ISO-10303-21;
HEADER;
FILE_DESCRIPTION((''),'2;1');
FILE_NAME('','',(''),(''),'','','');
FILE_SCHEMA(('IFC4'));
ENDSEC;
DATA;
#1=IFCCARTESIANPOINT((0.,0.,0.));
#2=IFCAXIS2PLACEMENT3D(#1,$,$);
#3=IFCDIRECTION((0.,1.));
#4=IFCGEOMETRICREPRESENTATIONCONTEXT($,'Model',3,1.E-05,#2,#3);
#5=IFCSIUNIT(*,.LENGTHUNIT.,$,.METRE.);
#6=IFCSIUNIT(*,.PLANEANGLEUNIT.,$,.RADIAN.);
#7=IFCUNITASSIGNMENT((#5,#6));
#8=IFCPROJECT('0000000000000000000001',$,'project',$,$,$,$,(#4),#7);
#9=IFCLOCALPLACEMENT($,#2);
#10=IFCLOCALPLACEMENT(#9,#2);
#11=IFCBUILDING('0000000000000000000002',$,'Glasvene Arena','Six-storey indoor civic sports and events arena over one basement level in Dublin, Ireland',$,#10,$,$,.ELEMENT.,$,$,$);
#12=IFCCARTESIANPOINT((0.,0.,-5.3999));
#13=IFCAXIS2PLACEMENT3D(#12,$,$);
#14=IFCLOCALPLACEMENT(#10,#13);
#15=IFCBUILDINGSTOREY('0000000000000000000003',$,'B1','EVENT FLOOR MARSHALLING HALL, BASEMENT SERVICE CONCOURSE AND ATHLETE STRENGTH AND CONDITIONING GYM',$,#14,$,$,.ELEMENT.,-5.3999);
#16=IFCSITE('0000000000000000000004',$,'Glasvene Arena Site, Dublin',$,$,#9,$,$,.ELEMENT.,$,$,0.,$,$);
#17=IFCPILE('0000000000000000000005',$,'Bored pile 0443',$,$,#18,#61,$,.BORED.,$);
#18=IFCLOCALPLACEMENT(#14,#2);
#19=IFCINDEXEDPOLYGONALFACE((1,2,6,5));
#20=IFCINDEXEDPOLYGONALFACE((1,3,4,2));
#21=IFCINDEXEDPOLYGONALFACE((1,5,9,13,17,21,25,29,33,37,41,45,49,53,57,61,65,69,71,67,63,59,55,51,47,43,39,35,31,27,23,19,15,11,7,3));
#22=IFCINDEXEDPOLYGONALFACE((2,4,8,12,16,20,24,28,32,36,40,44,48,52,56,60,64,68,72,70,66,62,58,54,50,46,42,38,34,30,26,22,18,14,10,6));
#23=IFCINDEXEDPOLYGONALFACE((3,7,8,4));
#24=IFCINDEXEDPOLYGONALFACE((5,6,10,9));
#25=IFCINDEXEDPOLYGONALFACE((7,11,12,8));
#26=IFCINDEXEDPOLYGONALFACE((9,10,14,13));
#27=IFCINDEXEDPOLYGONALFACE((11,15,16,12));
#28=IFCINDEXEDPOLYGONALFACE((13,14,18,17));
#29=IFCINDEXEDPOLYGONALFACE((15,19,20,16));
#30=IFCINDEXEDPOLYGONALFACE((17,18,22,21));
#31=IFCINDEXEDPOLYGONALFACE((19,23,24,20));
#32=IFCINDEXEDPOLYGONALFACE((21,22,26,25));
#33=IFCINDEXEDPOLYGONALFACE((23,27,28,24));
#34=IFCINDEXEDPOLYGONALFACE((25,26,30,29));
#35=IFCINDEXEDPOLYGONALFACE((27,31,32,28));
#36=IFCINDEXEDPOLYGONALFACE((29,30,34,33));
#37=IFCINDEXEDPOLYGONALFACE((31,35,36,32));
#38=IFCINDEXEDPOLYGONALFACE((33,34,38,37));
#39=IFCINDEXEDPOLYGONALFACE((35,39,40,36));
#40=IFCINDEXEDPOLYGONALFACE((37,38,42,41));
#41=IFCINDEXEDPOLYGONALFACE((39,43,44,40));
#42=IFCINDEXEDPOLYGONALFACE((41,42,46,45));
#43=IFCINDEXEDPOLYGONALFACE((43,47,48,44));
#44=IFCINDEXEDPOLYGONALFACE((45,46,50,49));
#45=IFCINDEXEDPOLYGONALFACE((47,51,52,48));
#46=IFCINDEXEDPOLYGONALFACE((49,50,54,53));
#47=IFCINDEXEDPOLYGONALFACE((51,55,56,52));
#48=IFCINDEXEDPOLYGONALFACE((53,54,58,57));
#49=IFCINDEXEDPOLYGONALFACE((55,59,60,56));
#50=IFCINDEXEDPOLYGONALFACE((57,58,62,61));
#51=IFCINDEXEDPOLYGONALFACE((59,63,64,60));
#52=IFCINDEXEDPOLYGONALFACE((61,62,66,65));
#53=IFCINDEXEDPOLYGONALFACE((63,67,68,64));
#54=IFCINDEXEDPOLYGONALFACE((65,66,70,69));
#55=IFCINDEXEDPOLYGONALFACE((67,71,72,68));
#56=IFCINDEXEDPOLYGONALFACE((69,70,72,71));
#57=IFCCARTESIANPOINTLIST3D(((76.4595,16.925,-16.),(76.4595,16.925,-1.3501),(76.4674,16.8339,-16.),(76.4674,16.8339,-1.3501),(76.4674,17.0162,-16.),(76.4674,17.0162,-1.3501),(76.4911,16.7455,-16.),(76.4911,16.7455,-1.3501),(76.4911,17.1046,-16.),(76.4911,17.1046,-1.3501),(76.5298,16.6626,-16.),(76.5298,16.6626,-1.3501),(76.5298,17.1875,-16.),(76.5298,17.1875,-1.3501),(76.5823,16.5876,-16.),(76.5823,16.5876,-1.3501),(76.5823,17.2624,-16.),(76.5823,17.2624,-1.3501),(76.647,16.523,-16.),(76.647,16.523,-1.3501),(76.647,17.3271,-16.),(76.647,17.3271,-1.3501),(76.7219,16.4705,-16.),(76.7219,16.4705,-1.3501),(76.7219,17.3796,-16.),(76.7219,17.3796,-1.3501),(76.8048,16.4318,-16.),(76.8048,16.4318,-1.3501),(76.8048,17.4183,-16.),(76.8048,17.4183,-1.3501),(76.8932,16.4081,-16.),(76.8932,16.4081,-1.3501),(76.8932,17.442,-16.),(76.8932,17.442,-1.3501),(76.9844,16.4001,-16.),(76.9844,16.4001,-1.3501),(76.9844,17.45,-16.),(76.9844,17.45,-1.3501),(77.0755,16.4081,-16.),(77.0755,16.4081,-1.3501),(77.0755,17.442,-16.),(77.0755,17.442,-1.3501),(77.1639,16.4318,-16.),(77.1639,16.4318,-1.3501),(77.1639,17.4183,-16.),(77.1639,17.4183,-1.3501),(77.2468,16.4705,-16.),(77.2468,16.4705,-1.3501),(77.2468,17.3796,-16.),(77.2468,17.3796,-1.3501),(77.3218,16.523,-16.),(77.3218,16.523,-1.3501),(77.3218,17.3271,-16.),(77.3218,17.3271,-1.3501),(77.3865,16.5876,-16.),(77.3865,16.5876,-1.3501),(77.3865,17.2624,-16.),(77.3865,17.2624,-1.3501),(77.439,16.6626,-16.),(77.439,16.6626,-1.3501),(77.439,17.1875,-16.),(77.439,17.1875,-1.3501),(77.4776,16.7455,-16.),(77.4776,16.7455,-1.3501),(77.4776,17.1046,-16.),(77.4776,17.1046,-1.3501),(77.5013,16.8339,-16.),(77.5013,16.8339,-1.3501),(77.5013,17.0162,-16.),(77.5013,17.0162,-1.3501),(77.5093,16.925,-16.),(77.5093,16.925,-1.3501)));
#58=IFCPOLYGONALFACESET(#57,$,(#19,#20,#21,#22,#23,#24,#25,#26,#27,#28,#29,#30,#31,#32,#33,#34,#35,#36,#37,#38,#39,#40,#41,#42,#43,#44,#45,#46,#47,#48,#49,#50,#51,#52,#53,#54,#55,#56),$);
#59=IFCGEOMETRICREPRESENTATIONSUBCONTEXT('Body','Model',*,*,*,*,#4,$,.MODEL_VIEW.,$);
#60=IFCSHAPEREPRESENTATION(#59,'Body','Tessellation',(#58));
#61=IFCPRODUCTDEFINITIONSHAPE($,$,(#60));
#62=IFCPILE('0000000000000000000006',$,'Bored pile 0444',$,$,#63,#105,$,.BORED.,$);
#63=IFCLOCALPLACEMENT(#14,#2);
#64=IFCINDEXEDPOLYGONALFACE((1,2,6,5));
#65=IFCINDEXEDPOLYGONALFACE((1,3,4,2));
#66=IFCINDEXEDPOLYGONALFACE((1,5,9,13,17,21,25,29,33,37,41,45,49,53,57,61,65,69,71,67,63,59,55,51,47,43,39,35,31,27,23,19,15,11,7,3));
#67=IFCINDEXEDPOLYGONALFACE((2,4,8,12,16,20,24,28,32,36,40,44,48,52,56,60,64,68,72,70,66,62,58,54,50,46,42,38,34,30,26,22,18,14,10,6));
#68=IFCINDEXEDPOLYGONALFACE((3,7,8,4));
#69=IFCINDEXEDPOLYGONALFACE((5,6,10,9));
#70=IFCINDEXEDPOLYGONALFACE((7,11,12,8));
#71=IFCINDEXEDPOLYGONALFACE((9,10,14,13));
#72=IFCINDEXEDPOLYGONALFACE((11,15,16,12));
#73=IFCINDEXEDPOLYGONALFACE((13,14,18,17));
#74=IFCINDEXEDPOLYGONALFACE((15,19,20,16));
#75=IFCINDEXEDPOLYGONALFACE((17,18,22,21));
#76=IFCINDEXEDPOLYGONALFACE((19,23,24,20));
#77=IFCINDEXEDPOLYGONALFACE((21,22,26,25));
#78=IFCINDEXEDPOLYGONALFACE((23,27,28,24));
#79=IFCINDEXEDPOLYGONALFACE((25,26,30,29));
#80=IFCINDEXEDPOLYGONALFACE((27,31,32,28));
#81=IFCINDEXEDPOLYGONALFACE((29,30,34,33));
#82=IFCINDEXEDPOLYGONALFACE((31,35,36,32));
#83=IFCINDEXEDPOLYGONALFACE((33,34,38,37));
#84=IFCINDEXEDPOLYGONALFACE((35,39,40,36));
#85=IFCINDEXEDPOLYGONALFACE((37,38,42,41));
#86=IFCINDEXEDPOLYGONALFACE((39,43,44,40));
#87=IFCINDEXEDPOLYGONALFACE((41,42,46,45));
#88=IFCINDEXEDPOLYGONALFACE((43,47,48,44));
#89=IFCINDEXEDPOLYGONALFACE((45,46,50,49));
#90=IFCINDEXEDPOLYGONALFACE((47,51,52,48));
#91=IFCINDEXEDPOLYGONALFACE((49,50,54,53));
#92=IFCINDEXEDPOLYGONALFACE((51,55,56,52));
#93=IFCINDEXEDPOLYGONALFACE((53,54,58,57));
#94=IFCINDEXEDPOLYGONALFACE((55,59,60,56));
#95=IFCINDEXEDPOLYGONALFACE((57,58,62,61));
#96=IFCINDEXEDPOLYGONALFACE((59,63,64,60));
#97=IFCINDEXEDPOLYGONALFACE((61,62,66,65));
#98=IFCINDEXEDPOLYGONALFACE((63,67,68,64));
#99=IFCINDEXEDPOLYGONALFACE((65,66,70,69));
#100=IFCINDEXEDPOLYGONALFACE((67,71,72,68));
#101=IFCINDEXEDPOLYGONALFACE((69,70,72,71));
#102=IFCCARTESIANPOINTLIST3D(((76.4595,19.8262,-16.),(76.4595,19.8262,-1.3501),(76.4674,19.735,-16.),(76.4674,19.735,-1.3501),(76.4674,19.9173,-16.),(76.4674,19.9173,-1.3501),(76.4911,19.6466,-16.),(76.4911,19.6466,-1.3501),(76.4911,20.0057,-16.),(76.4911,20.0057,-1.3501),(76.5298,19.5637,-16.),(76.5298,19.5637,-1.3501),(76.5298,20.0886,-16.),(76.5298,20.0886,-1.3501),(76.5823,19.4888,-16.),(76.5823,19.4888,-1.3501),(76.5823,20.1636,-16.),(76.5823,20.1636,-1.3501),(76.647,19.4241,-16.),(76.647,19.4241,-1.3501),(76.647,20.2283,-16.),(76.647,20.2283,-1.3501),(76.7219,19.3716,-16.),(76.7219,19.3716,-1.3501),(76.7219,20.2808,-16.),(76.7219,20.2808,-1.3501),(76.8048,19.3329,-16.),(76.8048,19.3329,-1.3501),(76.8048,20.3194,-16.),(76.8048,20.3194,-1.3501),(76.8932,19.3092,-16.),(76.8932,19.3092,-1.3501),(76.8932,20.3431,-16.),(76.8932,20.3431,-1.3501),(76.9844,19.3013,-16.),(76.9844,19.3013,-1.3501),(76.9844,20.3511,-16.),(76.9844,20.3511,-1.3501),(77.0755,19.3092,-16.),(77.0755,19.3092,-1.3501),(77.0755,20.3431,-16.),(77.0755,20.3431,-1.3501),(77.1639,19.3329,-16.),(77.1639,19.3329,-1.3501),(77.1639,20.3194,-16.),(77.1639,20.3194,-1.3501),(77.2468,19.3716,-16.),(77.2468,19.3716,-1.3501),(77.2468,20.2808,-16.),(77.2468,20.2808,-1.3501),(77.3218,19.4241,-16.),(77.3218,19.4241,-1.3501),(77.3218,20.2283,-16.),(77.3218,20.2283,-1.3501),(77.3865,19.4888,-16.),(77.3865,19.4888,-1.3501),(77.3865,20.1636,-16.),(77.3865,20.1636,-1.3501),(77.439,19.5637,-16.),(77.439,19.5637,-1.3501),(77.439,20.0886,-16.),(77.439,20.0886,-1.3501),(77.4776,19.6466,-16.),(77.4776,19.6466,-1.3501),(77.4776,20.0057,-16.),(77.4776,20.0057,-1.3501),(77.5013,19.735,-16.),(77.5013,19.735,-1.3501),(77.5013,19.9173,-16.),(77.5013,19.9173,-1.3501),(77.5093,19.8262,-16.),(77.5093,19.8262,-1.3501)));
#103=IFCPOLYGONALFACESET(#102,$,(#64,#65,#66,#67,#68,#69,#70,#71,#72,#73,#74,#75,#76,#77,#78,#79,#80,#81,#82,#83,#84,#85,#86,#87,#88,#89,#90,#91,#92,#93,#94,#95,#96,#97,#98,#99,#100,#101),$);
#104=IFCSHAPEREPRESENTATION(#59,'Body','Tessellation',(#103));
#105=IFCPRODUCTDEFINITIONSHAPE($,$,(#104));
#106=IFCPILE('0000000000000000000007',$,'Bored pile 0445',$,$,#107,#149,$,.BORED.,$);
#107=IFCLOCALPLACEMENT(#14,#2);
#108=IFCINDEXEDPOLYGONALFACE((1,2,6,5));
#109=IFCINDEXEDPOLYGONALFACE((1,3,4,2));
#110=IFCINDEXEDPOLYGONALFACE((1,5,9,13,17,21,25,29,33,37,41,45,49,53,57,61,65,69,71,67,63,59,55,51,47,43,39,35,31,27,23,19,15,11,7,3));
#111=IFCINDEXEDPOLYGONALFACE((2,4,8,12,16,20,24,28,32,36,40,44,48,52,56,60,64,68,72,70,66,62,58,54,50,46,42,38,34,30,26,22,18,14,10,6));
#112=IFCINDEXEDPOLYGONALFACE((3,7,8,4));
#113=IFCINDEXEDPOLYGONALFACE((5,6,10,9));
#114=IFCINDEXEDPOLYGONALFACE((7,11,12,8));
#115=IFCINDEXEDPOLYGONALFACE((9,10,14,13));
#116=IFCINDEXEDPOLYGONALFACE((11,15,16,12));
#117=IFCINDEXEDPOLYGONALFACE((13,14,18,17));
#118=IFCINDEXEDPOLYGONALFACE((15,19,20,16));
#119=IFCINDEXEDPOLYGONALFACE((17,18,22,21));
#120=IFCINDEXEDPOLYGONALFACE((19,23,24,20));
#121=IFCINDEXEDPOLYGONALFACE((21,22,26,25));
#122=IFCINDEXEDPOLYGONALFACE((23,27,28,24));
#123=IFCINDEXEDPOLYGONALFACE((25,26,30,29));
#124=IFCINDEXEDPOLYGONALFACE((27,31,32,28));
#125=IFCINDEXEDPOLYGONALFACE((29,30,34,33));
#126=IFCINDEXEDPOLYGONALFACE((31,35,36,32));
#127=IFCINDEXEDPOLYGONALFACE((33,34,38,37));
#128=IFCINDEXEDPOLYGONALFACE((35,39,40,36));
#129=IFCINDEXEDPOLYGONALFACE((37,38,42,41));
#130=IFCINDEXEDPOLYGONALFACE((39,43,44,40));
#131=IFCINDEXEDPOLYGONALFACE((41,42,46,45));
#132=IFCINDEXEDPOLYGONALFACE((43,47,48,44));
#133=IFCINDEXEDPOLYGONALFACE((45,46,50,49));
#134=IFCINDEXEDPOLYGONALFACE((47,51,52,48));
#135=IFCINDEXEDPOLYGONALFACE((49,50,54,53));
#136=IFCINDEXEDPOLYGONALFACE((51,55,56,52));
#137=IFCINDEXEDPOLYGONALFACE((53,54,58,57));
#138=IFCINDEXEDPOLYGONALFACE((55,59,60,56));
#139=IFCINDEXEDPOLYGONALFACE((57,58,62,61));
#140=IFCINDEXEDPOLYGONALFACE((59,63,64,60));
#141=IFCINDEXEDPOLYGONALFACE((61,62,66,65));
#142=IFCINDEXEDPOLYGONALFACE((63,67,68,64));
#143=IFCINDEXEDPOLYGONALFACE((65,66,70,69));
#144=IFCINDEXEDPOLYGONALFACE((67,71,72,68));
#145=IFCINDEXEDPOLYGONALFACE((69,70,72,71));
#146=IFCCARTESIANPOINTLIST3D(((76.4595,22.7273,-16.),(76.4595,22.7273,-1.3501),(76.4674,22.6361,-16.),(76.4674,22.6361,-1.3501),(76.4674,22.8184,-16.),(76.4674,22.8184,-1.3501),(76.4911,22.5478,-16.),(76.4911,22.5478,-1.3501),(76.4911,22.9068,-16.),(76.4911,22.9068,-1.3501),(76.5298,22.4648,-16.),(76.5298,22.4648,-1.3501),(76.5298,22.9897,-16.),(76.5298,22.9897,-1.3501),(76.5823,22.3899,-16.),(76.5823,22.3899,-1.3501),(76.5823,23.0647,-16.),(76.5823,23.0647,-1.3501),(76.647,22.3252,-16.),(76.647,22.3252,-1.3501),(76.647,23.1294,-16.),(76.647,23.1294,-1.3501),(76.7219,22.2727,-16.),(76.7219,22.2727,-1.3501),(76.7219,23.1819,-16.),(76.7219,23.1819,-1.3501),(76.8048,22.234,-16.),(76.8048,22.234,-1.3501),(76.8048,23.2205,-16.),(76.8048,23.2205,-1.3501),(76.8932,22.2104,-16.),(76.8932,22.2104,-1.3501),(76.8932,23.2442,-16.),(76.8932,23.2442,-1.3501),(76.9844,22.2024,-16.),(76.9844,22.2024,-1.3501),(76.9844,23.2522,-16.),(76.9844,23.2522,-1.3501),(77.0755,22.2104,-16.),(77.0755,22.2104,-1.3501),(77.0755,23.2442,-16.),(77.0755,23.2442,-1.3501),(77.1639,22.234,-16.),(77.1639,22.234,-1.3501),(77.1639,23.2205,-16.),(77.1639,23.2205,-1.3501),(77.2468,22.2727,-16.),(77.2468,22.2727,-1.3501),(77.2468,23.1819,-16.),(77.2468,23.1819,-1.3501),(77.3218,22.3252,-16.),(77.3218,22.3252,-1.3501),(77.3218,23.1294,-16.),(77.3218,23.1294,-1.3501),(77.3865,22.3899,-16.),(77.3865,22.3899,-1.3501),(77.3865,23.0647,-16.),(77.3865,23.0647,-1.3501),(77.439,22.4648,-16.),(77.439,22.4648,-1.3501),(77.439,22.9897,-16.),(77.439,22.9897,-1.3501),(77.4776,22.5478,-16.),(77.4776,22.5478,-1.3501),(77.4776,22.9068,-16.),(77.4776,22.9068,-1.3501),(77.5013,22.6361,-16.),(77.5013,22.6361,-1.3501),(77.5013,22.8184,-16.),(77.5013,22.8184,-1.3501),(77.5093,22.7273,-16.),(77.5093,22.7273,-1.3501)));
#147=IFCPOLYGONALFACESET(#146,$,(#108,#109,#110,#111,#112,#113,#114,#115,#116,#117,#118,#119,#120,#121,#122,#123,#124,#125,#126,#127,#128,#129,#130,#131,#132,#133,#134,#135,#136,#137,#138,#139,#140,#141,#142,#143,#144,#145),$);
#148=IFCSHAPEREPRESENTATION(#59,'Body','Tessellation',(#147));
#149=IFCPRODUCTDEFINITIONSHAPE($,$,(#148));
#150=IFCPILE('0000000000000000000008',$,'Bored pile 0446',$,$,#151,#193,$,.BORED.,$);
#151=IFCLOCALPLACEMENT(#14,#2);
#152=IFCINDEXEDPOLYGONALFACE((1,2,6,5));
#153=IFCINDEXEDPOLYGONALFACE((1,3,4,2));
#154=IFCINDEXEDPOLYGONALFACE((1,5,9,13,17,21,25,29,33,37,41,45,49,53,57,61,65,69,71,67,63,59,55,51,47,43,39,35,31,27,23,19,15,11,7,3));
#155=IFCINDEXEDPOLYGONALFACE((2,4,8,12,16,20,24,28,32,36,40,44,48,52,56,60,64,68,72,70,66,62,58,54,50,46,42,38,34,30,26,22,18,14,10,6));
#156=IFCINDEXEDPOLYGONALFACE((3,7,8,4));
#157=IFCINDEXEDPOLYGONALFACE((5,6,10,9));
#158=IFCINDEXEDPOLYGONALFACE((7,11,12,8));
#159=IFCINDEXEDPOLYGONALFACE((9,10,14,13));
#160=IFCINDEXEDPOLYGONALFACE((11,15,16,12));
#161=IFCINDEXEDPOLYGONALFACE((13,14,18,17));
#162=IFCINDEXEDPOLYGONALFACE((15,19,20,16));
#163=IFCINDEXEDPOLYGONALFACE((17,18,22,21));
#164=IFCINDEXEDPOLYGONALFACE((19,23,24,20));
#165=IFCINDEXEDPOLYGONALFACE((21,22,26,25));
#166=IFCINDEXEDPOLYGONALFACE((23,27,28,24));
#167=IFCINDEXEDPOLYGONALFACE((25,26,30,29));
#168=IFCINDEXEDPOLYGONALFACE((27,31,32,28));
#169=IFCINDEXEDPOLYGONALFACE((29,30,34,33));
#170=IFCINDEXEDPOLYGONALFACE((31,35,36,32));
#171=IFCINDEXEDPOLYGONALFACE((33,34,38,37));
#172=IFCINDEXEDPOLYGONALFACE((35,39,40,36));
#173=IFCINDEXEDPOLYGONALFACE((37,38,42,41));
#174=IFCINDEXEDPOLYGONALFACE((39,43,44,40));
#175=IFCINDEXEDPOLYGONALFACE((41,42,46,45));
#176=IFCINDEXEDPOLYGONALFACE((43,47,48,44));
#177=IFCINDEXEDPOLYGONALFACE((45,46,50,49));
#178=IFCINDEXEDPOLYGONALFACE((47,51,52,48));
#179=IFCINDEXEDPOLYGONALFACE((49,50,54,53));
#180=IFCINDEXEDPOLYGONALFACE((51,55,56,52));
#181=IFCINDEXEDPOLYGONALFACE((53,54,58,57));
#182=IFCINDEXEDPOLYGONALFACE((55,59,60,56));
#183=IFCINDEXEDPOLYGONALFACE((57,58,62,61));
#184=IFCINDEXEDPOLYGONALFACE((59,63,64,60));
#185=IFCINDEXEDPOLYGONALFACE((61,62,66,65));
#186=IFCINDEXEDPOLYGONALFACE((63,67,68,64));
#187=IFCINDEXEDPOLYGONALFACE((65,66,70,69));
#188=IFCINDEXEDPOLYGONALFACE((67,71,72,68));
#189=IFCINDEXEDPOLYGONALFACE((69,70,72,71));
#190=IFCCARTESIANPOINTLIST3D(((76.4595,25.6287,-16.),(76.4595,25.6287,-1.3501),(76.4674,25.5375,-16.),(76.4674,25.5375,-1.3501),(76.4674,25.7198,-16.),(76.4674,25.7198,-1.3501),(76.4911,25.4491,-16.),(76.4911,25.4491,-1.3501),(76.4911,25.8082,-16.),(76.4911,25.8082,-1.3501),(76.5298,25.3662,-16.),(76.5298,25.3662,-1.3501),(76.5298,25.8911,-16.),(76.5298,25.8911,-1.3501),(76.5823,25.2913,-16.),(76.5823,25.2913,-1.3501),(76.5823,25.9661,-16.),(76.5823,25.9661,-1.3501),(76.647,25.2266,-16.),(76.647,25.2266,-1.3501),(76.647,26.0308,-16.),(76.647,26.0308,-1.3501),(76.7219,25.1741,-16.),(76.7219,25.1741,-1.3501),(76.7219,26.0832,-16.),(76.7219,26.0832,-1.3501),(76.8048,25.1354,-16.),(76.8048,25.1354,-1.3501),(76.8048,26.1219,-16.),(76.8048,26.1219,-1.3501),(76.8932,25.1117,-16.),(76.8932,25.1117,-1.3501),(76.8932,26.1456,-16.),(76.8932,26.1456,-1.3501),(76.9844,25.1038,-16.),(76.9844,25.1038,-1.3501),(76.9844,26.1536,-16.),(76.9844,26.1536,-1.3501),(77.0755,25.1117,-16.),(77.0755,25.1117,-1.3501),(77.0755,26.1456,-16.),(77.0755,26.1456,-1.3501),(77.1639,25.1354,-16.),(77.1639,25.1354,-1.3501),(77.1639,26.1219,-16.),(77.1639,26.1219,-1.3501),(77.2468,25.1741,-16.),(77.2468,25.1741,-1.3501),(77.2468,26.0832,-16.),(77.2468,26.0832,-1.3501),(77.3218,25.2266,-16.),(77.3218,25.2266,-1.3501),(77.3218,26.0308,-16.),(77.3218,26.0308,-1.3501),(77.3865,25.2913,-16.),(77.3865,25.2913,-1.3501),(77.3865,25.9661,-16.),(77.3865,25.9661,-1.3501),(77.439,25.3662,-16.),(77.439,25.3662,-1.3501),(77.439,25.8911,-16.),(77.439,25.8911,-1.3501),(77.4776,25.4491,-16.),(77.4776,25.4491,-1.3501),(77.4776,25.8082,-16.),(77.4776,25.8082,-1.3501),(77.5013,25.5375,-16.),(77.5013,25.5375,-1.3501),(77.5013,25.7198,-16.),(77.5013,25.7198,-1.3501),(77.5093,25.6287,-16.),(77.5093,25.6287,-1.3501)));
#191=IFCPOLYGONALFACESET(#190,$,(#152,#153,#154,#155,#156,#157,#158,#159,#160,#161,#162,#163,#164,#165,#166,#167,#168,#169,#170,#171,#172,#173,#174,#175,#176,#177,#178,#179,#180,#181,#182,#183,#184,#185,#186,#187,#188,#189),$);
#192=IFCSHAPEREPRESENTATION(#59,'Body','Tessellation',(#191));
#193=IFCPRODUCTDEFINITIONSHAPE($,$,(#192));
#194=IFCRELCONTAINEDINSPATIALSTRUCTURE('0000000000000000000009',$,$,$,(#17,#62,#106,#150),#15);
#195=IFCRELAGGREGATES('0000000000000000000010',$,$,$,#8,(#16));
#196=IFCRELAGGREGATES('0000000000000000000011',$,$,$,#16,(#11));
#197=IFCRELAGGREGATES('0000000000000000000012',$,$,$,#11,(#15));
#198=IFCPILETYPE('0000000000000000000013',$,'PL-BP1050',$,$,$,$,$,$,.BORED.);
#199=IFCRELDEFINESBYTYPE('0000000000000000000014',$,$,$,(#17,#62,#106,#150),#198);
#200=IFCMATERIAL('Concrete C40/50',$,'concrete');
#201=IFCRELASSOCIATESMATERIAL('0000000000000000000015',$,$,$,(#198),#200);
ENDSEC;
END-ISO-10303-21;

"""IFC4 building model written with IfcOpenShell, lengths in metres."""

from ifc_helpers import new_model, si_unit, direction, frame, origin, origin_2d, place, context, subcontext, project, spatial, circle, extrude, material, material_profile, profile_set, type_object, element, save


model = new_model("IFC4")

# Units and contexts
model_context = context("Model", 3, precision=1e-05, world=origin(), true_north=direction((0.0, 1.0)))
body_context = subcontext(model_context, "Body", "Model", "MODEL_VIEW")
ifc_project = project(units=[si_unit("LENGTHUNIT", "METRE"), si_unit("PLANEANGLEUNIT", "RADIAN")], contexts=[model_context])

# Site, building, storey
site_placement = place(None, origin())
site = spatial("IfcSite", under=ifc_project, at=site_placement, Name="Glasvene Arena Site, Dublin", CompositionType="ELEMENT", RefElevation=0.0)
building_placement = place(site_placement, origin())
building = spatial("IfcBuilding", under=site, at=building_placement, Name="Glasvene Arena", Description="Six-storey indoor civic sports and events arena over one basement level in Dublin, Ireland", CompositionType="ELEMENT")
storey_placement = place(building_placement, frame((0.0, 0.0, -5.3999)))
storey = spatial("IfcBuildingStorey", under=building, at=storey_placement, Name="B1", Description="EVENT FLOOR MARSHALLING HALL, BASEMENT SERVICE CONCOURSE AND ATHLETE STRENGTH AND CONDITIONING GYM", CompositionType="ELEMENT", Elevation=-5.3999)

# Piles
ifc_material_1 = material(Name="Concrete C40/50", Category="concrete")
ifc_material_profile_1 = material_profile(ifc_material_1, circle(Radius=0.5249, at=origin_2d()), Name="BORED PILE 1050")
ifc_profile_set_1 = profile_set([ifc_material_profile_1], Name="Concrete C40/50")
pile_type = type_object("IfcPileType", Name="PL-BP1050", PredefinedType="BORED", material=ifc_profile_set_1)
for number, where, z_axis, x_axis, name in (
    (1, (76.9844, 16.925, -1.3501), (0.0, 0.0, -1.0), (1.0, 0.0, 0.0), "Bored pile 0443"),
    (2, (76.9844, 19.8262, -1.3501), (0.0, 0.0, -1.0), (1.0, 0.0, 0.0), "Bored pile 0444"),
    (3, (76.9844, 22.7273, -1.3501), (0.0, 0.0, -1.0), (1.0, 0.0, 0.0), "Bored pile 0445"),
    (4, (76.9844, 25.6287, -1.3501), (0.0, 0.0, -1.0), (1.0, 0.0, 0.0), "Bored pile 0446"),
):
    element("IfcPile", number, at=place(storey_placement, frame(where, z_axis=z_axis, x_axis=x_axis)), inside=storey, type_object=pile_type, Name=name, PredefinedType="BORED", context=body_context, shape_type="SweptSolid", body=[
        extrude(circle(Radius=0.5249, at=origin_2d()), origin(), (0.0, 0.0, 1.0), 14.6499),
    ])

save(model, "model.ifc")
